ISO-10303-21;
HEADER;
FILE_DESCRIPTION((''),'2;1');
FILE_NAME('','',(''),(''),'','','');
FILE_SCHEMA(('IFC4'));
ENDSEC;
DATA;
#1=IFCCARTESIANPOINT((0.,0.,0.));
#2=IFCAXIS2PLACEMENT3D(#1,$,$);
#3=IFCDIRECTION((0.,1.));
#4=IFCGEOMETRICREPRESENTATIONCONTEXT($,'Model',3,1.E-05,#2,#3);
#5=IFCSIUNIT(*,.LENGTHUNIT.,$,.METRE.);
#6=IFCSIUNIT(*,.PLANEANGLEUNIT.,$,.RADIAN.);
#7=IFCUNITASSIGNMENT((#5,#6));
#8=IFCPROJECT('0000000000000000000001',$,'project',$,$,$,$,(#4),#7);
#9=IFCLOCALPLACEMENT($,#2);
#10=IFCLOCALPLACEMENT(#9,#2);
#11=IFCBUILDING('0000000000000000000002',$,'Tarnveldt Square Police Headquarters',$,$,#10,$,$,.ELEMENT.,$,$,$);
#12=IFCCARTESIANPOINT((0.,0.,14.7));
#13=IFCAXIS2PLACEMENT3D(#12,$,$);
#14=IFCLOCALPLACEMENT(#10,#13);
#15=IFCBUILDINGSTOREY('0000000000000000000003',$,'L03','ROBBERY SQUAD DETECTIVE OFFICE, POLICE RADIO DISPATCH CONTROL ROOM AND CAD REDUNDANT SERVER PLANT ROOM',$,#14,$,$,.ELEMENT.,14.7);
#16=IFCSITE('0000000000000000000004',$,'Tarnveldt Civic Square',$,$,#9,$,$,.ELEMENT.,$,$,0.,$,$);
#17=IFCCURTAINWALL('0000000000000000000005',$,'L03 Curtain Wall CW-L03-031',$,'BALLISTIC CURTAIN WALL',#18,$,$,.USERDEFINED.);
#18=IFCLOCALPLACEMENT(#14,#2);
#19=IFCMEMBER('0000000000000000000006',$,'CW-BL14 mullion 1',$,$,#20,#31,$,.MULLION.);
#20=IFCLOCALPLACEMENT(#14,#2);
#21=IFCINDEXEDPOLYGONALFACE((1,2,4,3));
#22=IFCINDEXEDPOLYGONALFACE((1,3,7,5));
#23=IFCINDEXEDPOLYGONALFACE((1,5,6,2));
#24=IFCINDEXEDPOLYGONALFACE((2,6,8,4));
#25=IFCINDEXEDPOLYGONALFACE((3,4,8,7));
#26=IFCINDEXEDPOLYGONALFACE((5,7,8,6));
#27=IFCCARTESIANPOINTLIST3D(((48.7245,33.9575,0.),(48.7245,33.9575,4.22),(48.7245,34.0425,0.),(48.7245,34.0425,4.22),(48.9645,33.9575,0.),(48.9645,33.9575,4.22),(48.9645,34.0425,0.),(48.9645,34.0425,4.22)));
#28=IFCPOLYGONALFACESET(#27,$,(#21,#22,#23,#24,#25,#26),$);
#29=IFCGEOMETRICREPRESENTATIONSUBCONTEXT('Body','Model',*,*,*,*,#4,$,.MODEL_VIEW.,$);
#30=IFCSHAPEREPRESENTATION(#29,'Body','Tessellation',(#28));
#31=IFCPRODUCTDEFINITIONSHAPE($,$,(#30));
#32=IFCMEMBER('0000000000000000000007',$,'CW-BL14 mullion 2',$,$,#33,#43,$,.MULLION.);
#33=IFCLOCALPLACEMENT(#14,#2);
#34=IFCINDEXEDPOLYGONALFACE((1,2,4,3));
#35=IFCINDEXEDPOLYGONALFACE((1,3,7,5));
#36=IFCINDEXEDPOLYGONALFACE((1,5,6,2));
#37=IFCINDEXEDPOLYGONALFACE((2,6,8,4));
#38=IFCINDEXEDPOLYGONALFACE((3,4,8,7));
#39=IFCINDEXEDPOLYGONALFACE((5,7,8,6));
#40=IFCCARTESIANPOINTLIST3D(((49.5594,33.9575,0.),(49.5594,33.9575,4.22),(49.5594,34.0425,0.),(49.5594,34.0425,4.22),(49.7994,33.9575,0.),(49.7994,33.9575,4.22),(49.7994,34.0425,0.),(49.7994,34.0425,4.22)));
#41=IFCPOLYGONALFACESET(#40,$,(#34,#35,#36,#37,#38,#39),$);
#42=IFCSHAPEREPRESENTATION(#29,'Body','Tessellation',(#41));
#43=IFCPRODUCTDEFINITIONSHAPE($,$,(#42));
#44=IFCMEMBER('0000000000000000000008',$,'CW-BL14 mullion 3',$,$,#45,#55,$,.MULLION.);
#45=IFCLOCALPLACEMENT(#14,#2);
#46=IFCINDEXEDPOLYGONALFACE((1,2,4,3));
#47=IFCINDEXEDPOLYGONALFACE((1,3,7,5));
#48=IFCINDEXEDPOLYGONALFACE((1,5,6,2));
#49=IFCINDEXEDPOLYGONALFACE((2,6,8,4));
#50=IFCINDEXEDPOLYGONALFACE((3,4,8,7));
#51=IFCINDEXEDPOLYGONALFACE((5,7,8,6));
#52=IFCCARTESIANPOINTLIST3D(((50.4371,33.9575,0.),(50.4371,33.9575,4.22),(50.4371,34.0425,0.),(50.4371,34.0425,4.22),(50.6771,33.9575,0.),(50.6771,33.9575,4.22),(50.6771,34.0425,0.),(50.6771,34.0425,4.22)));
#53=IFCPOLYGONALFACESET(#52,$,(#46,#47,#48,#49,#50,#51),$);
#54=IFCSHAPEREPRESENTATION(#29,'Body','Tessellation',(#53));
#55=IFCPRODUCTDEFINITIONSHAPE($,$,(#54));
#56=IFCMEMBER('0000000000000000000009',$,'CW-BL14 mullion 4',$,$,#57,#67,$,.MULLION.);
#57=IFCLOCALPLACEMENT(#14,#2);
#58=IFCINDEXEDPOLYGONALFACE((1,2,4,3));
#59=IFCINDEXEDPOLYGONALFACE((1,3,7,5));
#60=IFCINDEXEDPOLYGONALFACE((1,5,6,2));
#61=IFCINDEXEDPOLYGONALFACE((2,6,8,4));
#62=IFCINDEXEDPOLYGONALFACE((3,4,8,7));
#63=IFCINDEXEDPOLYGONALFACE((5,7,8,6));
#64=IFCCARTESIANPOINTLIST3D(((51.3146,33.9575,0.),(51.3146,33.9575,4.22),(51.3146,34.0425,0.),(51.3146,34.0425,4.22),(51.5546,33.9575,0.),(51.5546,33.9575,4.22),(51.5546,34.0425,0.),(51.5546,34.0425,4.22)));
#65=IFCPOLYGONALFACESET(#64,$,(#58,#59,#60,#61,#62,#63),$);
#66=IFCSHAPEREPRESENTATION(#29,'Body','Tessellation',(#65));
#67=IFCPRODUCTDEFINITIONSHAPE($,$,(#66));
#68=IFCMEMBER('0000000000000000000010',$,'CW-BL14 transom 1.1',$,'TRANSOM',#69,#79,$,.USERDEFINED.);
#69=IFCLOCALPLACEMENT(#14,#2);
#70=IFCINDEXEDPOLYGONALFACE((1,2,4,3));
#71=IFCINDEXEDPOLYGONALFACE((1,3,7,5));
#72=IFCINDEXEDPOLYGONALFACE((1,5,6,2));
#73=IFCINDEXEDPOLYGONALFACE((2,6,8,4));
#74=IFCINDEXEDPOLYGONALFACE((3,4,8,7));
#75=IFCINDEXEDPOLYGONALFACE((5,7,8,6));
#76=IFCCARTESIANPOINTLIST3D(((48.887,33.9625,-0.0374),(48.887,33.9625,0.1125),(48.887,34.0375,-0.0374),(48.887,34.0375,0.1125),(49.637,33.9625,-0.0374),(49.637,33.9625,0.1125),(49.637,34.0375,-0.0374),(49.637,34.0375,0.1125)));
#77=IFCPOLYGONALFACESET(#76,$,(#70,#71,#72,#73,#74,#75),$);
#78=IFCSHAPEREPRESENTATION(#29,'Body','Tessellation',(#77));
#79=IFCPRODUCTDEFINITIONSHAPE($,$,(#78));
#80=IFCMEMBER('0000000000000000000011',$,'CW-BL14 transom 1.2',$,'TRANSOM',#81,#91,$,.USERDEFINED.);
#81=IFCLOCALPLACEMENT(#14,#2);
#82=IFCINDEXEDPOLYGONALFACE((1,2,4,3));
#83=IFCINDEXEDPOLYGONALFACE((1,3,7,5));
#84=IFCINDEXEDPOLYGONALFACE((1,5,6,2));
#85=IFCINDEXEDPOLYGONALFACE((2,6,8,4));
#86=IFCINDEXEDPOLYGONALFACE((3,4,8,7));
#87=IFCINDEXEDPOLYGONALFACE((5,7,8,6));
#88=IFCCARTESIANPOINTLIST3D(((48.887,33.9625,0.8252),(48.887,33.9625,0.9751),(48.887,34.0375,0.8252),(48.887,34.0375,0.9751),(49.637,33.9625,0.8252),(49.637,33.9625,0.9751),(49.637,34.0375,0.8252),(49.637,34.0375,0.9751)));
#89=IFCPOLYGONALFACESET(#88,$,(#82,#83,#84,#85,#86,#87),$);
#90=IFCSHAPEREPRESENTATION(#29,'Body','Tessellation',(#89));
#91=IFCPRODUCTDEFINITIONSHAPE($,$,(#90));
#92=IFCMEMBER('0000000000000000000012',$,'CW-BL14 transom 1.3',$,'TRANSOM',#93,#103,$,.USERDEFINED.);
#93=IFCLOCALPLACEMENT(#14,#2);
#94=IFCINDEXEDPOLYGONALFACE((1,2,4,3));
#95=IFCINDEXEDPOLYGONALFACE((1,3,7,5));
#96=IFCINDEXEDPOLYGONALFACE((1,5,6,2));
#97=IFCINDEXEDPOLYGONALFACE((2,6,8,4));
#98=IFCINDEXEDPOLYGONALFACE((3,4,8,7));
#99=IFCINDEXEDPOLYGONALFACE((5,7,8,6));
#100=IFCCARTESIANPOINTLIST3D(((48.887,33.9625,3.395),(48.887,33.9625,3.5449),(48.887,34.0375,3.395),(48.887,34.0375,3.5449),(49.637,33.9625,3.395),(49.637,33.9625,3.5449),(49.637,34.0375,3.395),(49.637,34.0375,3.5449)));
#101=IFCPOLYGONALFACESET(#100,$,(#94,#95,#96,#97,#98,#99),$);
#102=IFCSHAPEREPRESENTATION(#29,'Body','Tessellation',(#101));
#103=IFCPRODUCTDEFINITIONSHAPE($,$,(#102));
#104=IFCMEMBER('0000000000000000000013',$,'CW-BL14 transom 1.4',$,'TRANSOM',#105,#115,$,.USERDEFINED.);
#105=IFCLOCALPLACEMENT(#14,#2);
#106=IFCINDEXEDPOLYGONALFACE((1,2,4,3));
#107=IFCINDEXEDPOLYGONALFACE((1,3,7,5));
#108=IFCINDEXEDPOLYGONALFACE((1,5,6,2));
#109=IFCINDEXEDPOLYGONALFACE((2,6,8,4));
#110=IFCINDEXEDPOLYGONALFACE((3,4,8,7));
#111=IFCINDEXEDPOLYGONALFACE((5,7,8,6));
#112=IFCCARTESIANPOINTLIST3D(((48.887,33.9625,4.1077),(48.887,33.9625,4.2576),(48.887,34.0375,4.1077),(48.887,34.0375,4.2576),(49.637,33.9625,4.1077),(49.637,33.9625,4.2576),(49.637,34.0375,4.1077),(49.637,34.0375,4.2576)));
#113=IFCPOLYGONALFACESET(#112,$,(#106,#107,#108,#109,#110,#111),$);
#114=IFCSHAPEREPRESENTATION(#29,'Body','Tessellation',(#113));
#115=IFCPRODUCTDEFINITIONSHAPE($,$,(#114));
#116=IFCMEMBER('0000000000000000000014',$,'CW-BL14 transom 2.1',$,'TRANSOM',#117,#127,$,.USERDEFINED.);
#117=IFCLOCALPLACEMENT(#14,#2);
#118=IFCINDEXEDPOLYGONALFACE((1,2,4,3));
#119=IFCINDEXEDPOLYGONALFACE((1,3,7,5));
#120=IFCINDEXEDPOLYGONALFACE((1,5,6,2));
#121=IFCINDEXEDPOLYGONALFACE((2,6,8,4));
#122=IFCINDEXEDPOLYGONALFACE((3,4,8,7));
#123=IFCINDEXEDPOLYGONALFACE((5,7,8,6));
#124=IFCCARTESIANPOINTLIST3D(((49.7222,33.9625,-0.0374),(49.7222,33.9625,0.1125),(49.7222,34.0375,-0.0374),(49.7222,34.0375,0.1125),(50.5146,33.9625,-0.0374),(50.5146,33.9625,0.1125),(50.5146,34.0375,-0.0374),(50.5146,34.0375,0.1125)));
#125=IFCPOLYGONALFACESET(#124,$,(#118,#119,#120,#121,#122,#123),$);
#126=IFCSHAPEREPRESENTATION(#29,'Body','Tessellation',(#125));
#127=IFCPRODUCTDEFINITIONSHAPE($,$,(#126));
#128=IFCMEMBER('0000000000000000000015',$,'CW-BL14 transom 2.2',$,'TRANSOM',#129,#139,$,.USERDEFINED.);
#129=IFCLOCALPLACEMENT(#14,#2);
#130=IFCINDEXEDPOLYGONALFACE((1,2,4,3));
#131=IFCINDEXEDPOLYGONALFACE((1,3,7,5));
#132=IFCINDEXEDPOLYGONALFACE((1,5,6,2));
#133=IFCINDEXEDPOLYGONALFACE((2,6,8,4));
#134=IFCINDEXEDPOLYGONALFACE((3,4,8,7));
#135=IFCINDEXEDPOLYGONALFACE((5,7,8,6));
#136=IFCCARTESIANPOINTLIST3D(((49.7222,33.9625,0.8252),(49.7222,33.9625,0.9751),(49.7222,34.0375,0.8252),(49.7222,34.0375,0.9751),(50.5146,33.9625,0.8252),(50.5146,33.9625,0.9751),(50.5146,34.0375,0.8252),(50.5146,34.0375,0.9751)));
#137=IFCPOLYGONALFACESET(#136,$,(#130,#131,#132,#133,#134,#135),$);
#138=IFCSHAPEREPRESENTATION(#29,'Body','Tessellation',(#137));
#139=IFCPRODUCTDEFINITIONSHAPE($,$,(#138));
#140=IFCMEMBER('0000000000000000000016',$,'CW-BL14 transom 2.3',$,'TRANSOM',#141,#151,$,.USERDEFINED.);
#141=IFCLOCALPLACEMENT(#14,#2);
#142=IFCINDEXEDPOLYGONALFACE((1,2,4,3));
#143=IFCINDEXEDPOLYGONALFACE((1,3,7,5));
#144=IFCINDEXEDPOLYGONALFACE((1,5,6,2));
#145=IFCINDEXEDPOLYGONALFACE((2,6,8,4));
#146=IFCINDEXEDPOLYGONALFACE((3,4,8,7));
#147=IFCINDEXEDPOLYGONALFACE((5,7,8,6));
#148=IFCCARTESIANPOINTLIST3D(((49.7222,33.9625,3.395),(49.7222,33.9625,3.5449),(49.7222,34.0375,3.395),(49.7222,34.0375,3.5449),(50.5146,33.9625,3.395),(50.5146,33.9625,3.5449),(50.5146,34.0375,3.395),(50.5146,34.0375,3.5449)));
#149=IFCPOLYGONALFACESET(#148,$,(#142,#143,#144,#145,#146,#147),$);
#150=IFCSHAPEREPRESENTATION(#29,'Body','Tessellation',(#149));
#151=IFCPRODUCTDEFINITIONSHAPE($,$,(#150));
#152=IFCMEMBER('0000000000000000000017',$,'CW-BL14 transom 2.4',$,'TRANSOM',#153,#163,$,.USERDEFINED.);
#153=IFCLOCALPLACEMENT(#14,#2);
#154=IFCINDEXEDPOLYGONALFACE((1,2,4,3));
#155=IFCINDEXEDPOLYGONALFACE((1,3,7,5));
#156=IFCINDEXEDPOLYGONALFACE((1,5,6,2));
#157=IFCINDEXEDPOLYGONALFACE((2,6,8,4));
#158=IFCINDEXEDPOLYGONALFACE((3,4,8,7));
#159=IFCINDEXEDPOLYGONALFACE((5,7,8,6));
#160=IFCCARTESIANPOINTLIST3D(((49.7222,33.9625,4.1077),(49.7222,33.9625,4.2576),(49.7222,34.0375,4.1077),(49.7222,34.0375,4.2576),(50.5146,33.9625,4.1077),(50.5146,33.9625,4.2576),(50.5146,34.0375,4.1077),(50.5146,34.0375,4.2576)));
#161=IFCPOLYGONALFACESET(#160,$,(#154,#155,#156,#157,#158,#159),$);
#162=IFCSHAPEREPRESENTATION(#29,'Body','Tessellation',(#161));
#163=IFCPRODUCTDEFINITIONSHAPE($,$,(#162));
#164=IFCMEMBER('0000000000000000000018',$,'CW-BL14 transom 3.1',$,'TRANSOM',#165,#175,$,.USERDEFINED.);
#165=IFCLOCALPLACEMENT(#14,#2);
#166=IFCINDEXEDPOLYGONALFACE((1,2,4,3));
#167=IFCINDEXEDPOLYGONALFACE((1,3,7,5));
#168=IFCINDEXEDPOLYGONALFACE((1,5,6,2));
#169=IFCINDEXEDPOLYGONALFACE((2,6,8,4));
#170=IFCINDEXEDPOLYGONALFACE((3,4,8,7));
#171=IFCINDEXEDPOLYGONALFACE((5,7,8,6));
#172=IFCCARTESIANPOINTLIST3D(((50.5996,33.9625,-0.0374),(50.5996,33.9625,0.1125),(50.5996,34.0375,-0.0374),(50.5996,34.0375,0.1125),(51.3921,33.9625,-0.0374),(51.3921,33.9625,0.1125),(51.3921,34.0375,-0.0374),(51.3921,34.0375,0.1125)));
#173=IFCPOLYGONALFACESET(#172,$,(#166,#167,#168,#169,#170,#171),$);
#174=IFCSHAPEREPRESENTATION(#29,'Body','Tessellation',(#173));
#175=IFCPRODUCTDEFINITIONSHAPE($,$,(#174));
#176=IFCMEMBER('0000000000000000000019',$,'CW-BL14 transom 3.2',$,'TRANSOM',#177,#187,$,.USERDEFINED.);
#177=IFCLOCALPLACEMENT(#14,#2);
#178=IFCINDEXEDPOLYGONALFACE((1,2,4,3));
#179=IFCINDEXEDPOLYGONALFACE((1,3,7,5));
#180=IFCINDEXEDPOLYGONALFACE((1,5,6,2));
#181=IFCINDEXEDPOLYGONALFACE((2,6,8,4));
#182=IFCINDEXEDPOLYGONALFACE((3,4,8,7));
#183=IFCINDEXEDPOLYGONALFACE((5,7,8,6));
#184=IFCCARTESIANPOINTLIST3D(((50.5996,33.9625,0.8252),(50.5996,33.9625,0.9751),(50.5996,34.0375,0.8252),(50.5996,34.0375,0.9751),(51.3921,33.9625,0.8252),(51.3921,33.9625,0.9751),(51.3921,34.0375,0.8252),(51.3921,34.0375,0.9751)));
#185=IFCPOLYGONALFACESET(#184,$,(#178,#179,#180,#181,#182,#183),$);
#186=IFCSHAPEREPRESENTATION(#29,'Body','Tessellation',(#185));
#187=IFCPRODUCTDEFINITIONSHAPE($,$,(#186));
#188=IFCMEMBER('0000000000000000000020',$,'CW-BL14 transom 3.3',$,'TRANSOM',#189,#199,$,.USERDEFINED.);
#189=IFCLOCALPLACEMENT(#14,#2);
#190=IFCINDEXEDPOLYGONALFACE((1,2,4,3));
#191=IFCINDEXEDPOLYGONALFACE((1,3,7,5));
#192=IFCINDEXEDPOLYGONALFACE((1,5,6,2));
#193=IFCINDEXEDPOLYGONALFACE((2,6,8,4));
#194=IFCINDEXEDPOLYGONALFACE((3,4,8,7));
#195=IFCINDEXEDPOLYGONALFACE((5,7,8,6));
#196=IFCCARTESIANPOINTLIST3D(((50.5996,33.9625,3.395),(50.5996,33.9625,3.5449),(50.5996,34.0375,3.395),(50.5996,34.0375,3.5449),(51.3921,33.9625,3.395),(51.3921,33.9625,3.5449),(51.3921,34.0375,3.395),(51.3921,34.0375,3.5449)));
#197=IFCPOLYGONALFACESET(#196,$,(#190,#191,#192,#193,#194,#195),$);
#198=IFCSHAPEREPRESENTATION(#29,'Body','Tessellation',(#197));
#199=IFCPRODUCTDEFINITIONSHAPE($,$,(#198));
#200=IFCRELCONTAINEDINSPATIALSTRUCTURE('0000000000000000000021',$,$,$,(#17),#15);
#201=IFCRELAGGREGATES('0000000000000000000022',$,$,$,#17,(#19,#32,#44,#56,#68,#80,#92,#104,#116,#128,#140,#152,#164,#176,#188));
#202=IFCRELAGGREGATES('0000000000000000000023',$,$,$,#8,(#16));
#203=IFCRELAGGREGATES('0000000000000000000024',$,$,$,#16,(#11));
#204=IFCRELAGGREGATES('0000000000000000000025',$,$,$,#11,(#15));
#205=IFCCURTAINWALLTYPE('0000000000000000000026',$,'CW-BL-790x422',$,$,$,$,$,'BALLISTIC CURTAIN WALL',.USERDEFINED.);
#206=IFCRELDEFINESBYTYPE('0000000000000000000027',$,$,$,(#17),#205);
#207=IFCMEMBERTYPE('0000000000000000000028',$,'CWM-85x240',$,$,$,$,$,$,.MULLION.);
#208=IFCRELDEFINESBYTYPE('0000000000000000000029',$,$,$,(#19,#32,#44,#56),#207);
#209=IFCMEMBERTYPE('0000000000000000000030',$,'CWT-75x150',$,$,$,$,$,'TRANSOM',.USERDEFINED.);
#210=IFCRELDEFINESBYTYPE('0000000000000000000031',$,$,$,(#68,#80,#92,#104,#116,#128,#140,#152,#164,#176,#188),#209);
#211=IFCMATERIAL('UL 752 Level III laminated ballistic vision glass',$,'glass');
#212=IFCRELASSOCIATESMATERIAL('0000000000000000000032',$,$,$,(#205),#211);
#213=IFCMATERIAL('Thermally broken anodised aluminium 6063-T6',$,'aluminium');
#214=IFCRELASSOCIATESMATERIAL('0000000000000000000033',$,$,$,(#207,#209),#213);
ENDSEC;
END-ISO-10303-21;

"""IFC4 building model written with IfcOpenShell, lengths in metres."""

from ifc_helpers import new_model, si_unit, direction, frame, origin, origin_2d, place, context, subcontext, project, spatial, rectangle, extrude, material, material_profile, profile_set, type_object, element, aggregate, save


model = new_model("IFC4")

# Units and contexts
model_context = context("Model", 3, precision=1e-05, world=origin(), true_north=direction((0.0, 1.0)))
body_context = subcontext(model_context, "Body", "Model", "MODEL_VIEW")
ifc_project = project(units=[si_unit("LENGTHUNIT", "METRE"), si_unit("PLANEANGLEUNIT", "RADIAN")], contexts=[model_context])

# Site, building, storey
site_placement = place(None, origin())
site = spatial("IfcSite", under=ifc_project, at=site_placement, Name="Tarnveldt Civic Square", CompositionType="ELEMENT", RefElevation=0.0)
building_placement = place(site_placement, origin())
building = spatial("IfcBuilding", under=site, at=building_placement, Name="Tarnveldt Square Police Headquarters", CompositionType="ELEMENT")
storey_placement = place(building_placement, frame((0.0, 0.0, 14.7)))
storey = spatial("IfcBuildingStorey", under=building, at=storey_placement, Name="L03", Description="ROBBERY SQUAD DETECTIVE OFFICE, POLICE RADIO DISPATCH CONTROL ROOM AND CAD REDUNDANT SERVER PLANT ROOM", CompositionType="ELEMENT", Elevation=14.7)

# Curtain wall, members
ifc_material_1 = material(Name="UL 752 Level III laminated ballistic vision glass", Category="glass")
curtain_wall_type = type_object("IfcCurtainWallType", Name="CW-BL-790x422", ElementType="BALLISTIC CURTAIN WALL", PredefinedType="USERDEFINED", material=ifc_material_1)
curtain_wall_placement = place(storey_placement, origin())
curtain_wall = element("IfcCurtainWall", 1, at=curtain_wall_placement, inside=storey, type_object=curtain_wall_type, Name="L03 Curtain Wall CW-L03-031", ObjectType="BALLISTIC CURTAIN WALL", PredefinedType="USERDEFINED")
ifc_material_2 = material(Name="Thermally broken anodised aluminium 6063-T6", Category="aluminium")
ifc_material_profile_1 = material_profile(ifc_material_2, rectangle(XDim=0.085, YDim=0.24, at=origin_2d()), Name="CW-M85x240")
ifc_profile_set_1 = profile_set([ifc_material_profile_1], Name="Thermally broken anodised aluminium 6063-T6")
member_type_1 = type_object("IfcMemberType", Name="CWM-85x240", PredefinedType="MULLION", material=ifc_profile_set_1)
member_1_placement = place(storey_placement, frame((48.8445, 34.0, 0.0), z_axis=(0.0, 0.0, 1.0), x_axis=(0.0, 1.0, 0.0)))
member_1 = element("IfcMember", 2, at=member_1_placement, type_object=member_type_1, Name="CW-BL14 mullion 1", PredefinedType="MULLION", context=body_context, shape_type="SweptSolid", body=[
    extrude(rectangle(XDim=0.085, YDim=0.24, at=origin_2d()), origin(), (0.0, 0.0, 1.0), 4.22),
])
member_2_placement = place(storey_placement, frame((49.6794, 34.0, 0.0), z_axis=(0.0, 0.0, 1.0), x_axis=(0.0, 1.0, 0.0)))
member_2 = element("IfcMember", 3, at=member_2_placement, type_object=member_type_1, Name="CW-BL14 mullion 2", PredefinedType="MULLION", context=body_context, shape_type="SweptSolid", body=[
    extrude(rectangle(XDim=0.085, YDim=0.24, at=origin_2d()), origin(), (0.0, 0.0, 1.0), 4.22),
])
member_3_placement = place(storey_placement, frame((50.5571, 34.0, 0.0), z_axis=(0.0, 0.0, 1.0), x_axis=(0.0, 1.0, 0.0)))
member_3 = element("IfcMember", 4, at=member_3_placement, type_object=member_type_1, Name="CW-BL14 mullion 3", PredefinedType="MULLION", context=body_context, shape_type="SweptSolid", body=[
    extrude(rectangle(XDim=0.085, YDim=0.24, at=origin_2d()), origin(), (0.0, 0.0, 1.0), 4.22),
])
member_4_placement = place(storey_placement, frame((51.4346, 34.0, 0.0), z_axis=(0.0, 0.0, 1.0), x_axis=(0.0, 1.0, 0.0)))
member_4 = element("IfcMember", 5, at=member_4_placement, type_object=member_type_1, Name="CW-BL14 mullion 4", PredefinedType="MULLION", context=body_context, shape_type="SweptSolid", body=[
    extrude(rectangle(XDim=0.085, YDim=0.24, at=origin_2d()), origin(), (0.0, 0.0, 1.0), 4.22),
])
ifc_material_profile_2 = material_profile(ifc_material_2, rectangle(XDim=0.075, YDim=0.1499, at=origin_2d()), Name="CW-T75x150")
ifc_profile_set_2 = profile_set([ifc_material_profile_2], Name="Thermally broken anodised aluminium 6063-T6")
member_type_2 = type_object("IfcMemberType", Name="CWT-75x150", ElementType="TRANSOM", PredefinedType="USERDEFINED", material=ifc_profile_set_2)
member_5_placement = place(storey_placement, frame((48.887, 34.0, 0.0376), z_axis=(1.0, 0.0, 0.0), x_axis=(0.0, 1.0, 0.0)))
member_5 = element("IfcMember", 6, at=member_5_placement, type_object=member_type_2, Name="CW-BL14 transom 1.1", ObjectType="TRANSOM", PredefinedType="USERDEFINED", context=body_context, shape_type="SweptSolid", body=[
    extrude(rectangle(XDim=0.075, YDim=0.1499, at=origin_2d()), origin(), (0.0, 0.0, 1.0), 0.75),
])
member_6_placement = place(storey_placement, frame((48.887, 34.0, 0.9001), z_axis=(1.0, 0.0, 0.0), x_axis=(0.0, 1.0, 0.0)))
member_6 = element("IfcMember", 7, at=member_6_placement, type_object=member_type_2, Name="CW-BL14 transom 1.2", ObjectType="TRANSOM", PredefinedType="USERDEFINED", context=body_context, shape_type="SweptSolid", body=[
    extrude(rectangle(XDim=0.075, YDim=0.1499, at=origin_2d()), origin(), (0.0, 0.0, 1.0), 0.75),
])
member_7_placement = place(storey_placement, frame((48.887, 34.0, 3.47), z_axis=(1.0, 0.0, 0.0), x_axis=(0.0, 1.0, 0.0)))
member_7 = element("IfcMember", 8, at=member_7_placement, type_object=member_type_2, Name="CW-BL14 transom 1.3", ObjectType="TRANSOM", PredefinedType="USERDEFINED", context=body_context, shape_type="SweptSolid", body=[
    extrude(rectangle(XDim=0.075, YDim=0.1499, at=origin_2d()), origin(), (0.0, 0.0, 1.0), 0.75),
])
member_8_placement = place(storey_placement, frame((48.887, 34.0, 4.1826), z_axis=(1.0, 0.0, 0.0), x_axis=(0.0, 1.0, 0.0)))
member_8 = element("IfcMember", 9, at=member_8_placement, type_object=member_type_2, Name="CW-BL14 transom 1.4", ObjectType="TRANSOM", PredefinedType="USERDEFINED", context=body_context, shape_type="SweptSolid", body=[
    extrude(rectangle(XDim=0.075, YDim=0.1499, at=origin_2d()), origin(), (0.0, 0.0, 1.0), 0.75),
])
member_9_placement = place(storey_placement, frame((49.7222, 34.0, 0.0376), z_axis=(1.0, 0.0, 0.0), x_axis=(0.0, 1.0, 0.0)))
member_9 = element("IfcMember", 10, at=member_9_placement, type_object=member_type_2, Name="CW-BL14 transom 2.1", ObjectType="TRANSOM", PredefinedType="USERDEFINED", context=body_context, shape_type="SweptSolid", body=[
    extrude(rectangle(XDim=0.075, YDim=0.1499, at=origin_2d()), origin(), (0.0, 0.0, 1.0), 0.7925),
])
member_10_placement = place(storey_placement, frame((49.7222, 34.0, 0.9001), z_axis=(1.0, 0.0, 0.0), x_axis=(0.0, 1.0, 0.0)))
member_10 = element("IfcMember", 11, at=member_10_placement, type_object=member_type_2, Name="CW-BL14 transom 2.2", ObjectType="TRANSOM", PredefinedType="USERDEFINED", context=body_context, shape_type="SweptSolid", body=[
    extrude(rectangle(XDim=0.075, YDim=0.1499, at=origin_2d()), origin(), (0.0, 0.0, 1.0), 0.7925),
])
member_11_placement = place(storey_placement, frame((49.7222, 34.0, 3.47), z_axis=(1.0, 0.0, 0.0), x_axis=(0.0, 1.0, 0.0)))
member_11 = element("IfcMember", 12, at=member_11_placement, type_object=member_type_2, Name="CW-BL14 transom 2.3", ObjectType="TRANSOM", PredefinedType="USERDEFINED", context=body_context, shape_type="SweptSolid", body=[
    extrude(rectangle(XDim=0.075, YDim=0.1499, at=origin_2d()), origin(), (0.0, 0.0, 1.0), 0.7925),
])
member_12_placement = place(storey_placement, frame((49.7222, 34.0, 4.1826), z_axis=(1.0, 0.0, 0.0), x_axis=(0.0, 1.0, 0.0)))
member_12 = element("IfcMember", 13, at=member_12_placement, type_object=member_type_2, Name="CW-BL14 transom 2.4", ObjectType="TRANSOM", PredefinedType="USERDEFINED", context=body_context, shape_type="SweptSolid", body=[
    extrude(rectangle(XDim=0.075, YDim=0.1499, at=origin_2d()), origin(), (0.0, 0.0, 1.0), 0.7925),
])
member_13_placement = place(storey_placement, frame((50.5996, 34.0, 0.0376), z_axis=(1.0, 0.0, 0.0), x_axis=(0.0, 1.0, 0.0)))
member_13 = element("IfcMember", 14, at=member_13_placement, type_object=member_type_2, Name="CW-BL14 transom 3.1", ObjectType="TRANSOM", PredefinedType="USERDEFINED", context=body_context, shape_type="SweptSolid", body=[
    extrude(rectangle(XDim=0.075, YDim=0.1499, at=origin_2d()), origin(), (0.0, 0.0, 1.0), 0.7925),
])
member_14_placement = place(storey_placement, frame((50.5996, 34.0, 0.9001), z_axis=(1.0, 0.0, 0.0), x_axis=(0.0, 1.0, 0.0)))
member_14 = element("IfcMember", 15, at=member_14_placement, type_object=member_type_2, Name="CW-BL14 transom 3.2", ObjectType="TRANSOM", PredefinedType="USERDEFINED", context=body_context, shape_type="SweptSolid", body=[
    extrude(rectangle(XDim=0.075, YDim=0.1499, at=origin_2d()), origin(), (0.0, 0.0, 1.0), 0.7925),
])
member_15_placement = place(storey_placement, frame((50.5996, 34.0, 3.47), z_axis=(1.0, 0.0, 0.0), x_axis=(0.0, 1.0, 0.0)))
member_15 = element("IfcMember", 16, at=member_15_placement, type_object=member_type_2, Name="CW-BL14 transom 3.3", ObjectType="TRANSOM", PredefinedType="USERDEFINED", context=body_context, shape_type="SweptSolid", body=[
    extrude(rectangle(XDim=0.075, YDim=0.1499, at=origin_2d()), origin(), (0.0, 0.0, 1.0), 0.7925),
])
aggregate(curtain_wall, [member_1, member_2, member_3, member_4, member_5, member_6, member_7, member_8, member_9, member_10, member_11, member_12, member_13, member_14, member_15])

save(model, "model.ifc")
